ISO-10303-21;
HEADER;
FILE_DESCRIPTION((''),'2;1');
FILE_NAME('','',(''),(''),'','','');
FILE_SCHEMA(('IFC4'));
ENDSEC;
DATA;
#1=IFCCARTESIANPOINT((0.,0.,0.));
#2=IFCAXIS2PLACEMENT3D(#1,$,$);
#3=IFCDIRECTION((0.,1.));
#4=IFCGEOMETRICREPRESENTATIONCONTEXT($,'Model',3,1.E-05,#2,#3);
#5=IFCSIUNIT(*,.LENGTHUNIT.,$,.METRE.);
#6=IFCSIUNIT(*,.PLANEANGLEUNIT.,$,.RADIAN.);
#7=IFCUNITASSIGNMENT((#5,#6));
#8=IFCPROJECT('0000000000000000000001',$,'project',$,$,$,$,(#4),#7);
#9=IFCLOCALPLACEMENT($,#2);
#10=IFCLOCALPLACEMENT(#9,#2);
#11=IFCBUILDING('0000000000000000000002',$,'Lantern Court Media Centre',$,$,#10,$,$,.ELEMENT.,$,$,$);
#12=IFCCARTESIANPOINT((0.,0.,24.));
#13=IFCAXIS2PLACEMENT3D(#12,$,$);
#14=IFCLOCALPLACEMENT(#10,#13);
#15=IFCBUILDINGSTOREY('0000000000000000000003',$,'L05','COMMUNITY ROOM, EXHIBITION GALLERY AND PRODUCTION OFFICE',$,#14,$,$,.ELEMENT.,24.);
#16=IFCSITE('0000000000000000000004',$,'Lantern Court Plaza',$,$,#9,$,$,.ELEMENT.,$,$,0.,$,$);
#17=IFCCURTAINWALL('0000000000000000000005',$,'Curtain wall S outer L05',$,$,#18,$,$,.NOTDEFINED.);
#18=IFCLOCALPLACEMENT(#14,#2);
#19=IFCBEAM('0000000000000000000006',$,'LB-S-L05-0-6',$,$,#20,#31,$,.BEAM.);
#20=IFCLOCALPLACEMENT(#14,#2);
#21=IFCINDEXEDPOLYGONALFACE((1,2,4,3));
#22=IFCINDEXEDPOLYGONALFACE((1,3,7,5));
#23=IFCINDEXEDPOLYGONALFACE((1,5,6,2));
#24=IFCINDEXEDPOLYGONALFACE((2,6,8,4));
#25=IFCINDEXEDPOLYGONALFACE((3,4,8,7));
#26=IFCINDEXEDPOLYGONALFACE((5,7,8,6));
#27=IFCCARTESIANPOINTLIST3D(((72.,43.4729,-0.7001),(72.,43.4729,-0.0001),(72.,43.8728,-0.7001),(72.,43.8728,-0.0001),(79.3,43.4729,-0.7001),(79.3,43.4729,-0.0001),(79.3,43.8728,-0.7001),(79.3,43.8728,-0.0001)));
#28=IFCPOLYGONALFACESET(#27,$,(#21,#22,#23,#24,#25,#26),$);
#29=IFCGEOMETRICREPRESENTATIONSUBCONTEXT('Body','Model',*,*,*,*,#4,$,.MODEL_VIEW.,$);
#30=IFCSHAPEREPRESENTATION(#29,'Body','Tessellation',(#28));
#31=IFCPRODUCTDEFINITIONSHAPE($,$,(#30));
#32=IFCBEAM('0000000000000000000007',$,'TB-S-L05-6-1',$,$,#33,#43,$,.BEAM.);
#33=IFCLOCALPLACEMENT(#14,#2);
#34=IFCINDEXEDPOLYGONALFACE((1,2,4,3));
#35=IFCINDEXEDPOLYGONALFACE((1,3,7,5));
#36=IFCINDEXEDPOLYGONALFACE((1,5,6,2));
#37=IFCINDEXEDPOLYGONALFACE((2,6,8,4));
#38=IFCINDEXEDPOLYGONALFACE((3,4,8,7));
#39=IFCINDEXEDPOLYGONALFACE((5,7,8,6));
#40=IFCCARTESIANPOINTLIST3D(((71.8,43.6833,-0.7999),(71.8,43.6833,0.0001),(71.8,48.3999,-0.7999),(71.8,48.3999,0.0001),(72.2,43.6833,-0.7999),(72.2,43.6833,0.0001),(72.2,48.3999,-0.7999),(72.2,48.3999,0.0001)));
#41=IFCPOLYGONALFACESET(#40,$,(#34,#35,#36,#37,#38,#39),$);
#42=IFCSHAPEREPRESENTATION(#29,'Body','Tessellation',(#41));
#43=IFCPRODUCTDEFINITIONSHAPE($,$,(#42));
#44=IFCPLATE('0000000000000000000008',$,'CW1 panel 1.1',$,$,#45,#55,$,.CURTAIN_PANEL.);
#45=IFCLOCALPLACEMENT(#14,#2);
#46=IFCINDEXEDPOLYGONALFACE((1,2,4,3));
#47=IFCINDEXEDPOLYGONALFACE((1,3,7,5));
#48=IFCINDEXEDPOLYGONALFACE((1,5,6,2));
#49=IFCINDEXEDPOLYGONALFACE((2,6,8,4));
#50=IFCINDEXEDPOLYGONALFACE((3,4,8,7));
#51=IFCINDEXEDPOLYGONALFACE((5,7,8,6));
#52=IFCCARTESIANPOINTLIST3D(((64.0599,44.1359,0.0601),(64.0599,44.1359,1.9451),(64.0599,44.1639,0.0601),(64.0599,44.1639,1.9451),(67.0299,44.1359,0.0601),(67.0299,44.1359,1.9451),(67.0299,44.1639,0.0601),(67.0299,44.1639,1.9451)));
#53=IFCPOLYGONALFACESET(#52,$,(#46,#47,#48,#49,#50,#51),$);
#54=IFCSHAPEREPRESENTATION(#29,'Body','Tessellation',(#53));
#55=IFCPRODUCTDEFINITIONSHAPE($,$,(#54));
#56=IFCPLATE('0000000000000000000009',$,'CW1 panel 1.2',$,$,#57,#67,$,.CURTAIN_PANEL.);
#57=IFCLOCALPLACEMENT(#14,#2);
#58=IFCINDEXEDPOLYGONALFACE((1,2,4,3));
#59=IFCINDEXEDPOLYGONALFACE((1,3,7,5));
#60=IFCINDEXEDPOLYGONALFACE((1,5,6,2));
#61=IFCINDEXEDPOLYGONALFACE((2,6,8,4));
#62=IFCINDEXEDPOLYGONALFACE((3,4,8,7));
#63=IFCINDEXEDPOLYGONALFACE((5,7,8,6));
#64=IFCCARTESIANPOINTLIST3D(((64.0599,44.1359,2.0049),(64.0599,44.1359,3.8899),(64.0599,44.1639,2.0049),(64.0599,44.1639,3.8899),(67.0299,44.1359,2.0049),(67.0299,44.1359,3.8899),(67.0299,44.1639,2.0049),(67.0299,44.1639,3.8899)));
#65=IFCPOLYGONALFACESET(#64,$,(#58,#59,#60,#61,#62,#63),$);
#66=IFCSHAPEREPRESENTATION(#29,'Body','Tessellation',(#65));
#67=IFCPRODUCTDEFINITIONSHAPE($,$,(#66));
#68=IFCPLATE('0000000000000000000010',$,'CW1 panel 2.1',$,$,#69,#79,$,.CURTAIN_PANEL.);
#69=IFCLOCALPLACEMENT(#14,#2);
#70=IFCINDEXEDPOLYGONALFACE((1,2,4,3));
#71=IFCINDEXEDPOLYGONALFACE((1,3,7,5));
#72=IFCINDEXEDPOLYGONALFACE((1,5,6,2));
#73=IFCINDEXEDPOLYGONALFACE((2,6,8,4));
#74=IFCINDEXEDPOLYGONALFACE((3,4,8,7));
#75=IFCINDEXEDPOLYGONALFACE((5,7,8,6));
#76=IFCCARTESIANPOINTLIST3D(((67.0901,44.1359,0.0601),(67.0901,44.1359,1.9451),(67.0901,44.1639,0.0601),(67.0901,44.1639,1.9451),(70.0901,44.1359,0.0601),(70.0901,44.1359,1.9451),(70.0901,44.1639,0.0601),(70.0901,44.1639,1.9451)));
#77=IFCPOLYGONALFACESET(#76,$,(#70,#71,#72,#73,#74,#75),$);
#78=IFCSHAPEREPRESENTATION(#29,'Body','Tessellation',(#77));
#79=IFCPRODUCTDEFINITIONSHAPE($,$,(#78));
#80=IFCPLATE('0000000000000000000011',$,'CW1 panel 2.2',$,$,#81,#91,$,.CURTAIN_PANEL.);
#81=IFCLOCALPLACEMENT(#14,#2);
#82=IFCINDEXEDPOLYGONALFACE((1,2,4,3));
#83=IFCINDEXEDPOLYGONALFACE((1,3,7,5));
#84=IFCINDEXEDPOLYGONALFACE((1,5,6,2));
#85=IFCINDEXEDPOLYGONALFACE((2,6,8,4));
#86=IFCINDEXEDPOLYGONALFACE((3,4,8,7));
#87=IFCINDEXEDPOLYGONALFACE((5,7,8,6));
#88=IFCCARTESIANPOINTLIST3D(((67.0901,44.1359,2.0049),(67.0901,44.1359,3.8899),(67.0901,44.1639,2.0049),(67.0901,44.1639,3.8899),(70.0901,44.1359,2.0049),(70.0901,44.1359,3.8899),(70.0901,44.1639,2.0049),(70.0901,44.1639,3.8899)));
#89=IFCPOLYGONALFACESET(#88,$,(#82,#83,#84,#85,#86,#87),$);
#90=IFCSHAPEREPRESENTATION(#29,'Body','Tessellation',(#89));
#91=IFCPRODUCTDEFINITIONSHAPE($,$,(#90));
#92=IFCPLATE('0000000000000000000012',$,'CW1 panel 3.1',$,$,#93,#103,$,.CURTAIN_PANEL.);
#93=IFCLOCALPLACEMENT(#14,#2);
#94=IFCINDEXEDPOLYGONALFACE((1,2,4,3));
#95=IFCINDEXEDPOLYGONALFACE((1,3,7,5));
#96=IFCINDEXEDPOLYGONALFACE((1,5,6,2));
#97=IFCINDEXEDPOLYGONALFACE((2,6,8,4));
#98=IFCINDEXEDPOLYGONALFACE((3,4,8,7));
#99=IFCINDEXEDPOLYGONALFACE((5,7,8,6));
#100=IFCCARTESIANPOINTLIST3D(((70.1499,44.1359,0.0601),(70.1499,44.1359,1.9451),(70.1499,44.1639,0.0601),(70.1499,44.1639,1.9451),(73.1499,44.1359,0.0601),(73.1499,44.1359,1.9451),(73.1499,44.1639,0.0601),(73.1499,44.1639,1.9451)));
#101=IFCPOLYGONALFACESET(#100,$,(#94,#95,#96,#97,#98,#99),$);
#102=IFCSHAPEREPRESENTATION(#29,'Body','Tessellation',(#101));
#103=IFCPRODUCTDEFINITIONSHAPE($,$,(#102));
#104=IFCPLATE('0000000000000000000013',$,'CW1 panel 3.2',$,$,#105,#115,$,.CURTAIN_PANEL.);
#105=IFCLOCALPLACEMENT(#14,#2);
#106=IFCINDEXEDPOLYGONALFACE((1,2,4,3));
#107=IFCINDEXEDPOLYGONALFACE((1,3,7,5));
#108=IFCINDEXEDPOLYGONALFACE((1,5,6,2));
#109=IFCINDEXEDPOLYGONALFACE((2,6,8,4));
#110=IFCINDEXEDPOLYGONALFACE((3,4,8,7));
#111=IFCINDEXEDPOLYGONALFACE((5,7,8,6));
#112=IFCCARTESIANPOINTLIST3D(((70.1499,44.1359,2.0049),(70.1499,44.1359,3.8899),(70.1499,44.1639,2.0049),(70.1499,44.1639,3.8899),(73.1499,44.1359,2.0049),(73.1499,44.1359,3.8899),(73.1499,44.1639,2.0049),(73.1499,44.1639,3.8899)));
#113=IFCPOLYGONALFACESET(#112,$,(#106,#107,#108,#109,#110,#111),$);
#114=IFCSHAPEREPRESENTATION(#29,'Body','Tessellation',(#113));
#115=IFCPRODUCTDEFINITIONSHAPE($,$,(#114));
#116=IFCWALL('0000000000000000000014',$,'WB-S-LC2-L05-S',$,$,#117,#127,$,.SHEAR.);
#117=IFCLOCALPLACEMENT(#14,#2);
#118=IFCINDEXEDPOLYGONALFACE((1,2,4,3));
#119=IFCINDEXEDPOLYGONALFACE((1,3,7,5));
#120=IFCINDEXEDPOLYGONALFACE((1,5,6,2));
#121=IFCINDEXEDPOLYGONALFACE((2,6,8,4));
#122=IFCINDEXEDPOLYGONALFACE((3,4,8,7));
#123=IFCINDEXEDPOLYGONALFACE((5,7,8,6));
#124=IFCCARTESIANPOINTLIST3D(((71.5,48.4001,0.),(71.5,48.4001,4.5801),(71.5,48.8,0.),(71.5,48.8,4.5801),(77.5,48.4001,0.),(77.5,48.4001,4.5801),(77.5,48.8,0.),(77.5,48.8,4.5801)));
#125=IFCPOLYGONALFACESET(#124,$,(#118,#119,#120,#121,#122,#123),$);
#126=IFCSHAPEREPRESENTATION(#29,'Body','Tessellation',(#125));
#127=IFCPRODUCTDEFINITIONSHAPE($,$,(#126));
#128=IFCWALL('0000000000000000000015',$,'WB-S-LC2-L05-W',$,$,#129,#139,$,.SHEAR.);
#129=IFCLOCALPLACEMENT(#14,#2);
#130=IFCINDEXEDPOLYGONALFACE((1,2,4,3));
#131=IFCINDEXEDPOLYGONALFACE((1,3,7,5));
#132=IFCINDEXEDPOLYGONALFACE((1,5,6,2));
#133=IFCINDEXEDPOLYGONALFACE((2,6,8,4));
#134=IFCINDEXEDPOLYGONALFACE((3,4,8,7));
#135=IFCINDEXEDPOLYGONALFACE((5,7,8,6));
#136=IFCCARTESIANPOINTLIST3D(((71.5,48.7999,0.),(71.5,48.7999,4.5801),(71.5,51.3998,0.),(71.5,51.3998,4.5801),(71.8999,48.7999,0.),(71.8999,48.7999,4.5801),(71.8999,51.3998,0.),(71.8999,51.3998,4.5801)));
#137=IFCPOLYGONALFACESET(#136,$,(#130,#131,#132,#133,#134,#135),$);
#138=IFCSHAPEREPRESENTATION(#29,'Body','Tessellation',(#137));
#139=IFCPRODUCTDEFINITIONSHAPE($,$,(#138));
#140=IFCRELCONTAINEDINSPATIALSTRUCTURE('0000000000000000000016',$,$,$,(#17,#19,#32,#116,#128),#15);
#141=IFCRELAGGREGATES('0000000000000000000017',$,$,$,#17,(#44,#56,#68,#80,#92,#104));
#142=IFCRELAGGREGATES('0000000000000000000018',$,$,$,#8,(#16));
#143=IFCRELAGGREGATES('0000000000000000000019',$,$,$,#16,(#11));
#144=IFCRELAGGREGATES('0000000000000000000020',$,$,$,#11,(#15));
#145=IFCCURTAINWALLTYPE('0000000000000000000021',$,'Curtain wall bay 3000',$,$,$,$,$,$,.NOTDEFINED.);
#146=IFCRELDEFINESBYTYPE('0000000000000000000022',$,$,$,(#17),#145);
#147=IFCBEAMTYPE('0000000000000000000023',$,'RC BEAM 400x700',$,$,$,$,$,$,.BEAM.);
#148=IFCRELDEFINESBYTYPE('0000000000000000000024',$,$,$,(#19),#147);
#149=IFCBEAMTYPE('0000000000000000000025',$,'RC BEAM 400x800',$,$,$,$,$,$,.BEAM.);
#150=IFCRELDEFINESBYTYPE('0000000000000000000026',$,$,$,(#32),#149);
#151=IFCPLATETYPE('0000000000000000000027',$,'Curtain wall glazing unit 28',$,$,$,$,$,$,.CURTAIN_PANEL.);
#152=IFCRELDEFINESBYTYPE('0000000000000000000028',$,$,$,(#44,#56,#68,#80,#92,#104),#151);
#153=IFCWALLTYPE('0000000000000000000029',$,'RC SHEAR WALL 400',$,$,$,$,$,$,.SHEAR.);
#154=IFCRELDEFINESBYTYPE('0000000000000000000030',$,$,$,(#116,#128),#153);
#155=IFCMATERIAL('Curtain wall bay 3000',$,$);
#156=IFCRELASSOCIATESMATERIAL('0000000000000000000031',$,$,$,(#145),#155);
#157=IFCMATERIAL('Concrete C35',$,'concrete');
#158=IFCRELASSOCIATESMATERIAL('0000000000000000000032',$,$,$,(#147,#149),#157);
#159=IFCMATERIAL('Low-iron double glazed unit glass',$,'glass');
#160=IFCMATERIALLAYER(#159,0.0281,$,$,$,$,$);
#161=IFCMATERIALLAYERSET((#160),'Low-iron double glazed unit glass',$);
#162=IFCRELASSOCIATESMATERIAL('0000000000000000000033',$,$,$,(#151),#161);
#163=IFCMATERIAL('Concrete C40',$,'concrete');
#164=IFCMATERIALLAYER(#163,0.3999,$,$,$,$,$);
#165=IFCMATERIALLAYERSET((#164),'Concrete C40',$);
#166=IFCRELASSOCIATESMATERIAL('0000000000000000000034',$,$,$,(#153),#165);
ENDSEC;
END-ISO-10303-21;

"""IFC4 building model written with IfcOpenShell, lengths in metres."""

from ifc_helpers import new_model, si_unit, direction, frame, frame_2d, origin, origin_2d, place, context, subcontext, project, spatial, rectangle, extrude, material, layer, layer_set, material_profile, profile_set, type_object, element, aggregate, save


model = new_model("IFC4")

# Units and contexts
model_context = context("Model", 3, precision=1e-05, world=origin(), true_north=direction((0.0, 1.0)))
body_context = subcontext(model_context, "Body", "Model", "MODEL_VIEW")
ifc_project = project(units=[si_unit("LENGTHUNIT", "METRE"), si_unit("PLANEANGLEUNIT", "RADIAN")], contexts=[model_context])

# Site, building, storey
site_placement = place(None, origin())
site = spatial("IfcSite", under=ifc_project, at=site_placement, Name="Lantern Court Plaza", CompositionType="ELEMENT", RefElevation=0.0)
building_placement = place(site_placement, origin())
building = spatial("IfcBuilding", under=site, at=building_placement, Name="Lantern Court Media Centre", CompositionType="ELEMENT")
storey_placement = place(building_placement, frame((0.0, 0.0, 24.0)))
storey = spatial("IfcBuildingStorey", under=building, at=storey_placement, Name="L05", Description="COMMUNITY ROOM, EXHIBITION GALLERY AND PRODUCTION OFFICE", CompositionType="ELEMENT", Elevation=24.0)

# Shared definitions
ifc_material_1 = material(Name="Concrete C35", Category="concrete")

# Curtain wall
ifc_material_2 = material(Name="Curtain wall bay 3000")
curtain_wall_type = type_object("IfcCurtainWallType", Name="Curtain wall bay 3000", PredefinedType="NOTDEFINED", material=ifc_material_2)
curtain_wall_placement = place(storey_placement, origin())
curtain_wall = element("IfcCurtainWall", 1, at=curtain_wall_placement, inside=storey, type_object=curtain_wall_type, Name="Curtain wall S outer L05", PredefinedType="NOTDEFINED")

# Beams
ifc_material_profile_1 = material_profile(ifc_material_1, rectangle(XDim=0.3999, YDim=0.7, at=origin_2d()), Name="RC 400x700")
ifc_profile_set_1 = profile_set([ifc_material_profile_1], Name="Concrete C35")
beam_type_1 = type_object("IfcBeamType", Name="RC BEAM 400x700", PredefinedType="BEAM", material=ifc_profile_set_1)
beam_1_placement = place(storey_placement, frame((72.0, 43.6729, -0.3501), z_axis=(1.0, 0.0, 0.0), x_axis=(0.0, 1.0, 0.0)))
element("IfcBeam", 2, at=beam_1_placement, inside=storey, type_object=beam_type_1, Name="LB-S-L05-0-6", PredefinedType="BEAM", context=body_context, shape_type="SweptSolid", body=[
    extrude(rectangle(XDim=0.3999, YDim=0.7, at=origin_2d()), origin(), (0.0, 0.0, 1.0), 7.3),
])
ifc_material_profile_2 = material_profile(ifc_material_1, rectangle(XDim=0.3999, YDim=0.8, at=origin_2d()), Name="RC 400x800")
ifc_profile_set_2 = profile_set([ifc_material_profile_2], Name="Concrete C35")
beam_type_2 = type_object("IfcBeamType", Name="RC BEAM 400x800", PredefinedType="BEAM", material=ifc_profile_set_2)
beam_2_placement = place(storey_placement, frame((72.0, 43.6833, -0.3999), z_axis=(0.0, 1.0, 0.0), x_axis=(-1.0, 0.0, 0.0)))
element("IfcBeam", 3, at=beam_2_placement, inside=storey, type_object=beam_type_2, Name="TB-S-L05-6-1", PredefinedType="BEAM", context=body_context, shape_type="SweptSolid", body=[
    extrude(rectangle(XDim=0.3999, YDim=0.8, at=origin_2d()), origin(), (0.0, 0.0, 1.0), 4.7166),
])

# Plates
ifc_material_3 = material(Name="Low-iron double glazed unit glass", Category="glass")
ifc_layer_1 = layer(ifc_material_3, 0.0281)
ifc_layer_set_1 = layer_set([ifc_layer_1], Name="Low-iron double glazed unit glass")
plate_type = type_object("IfcPlateType", Name="Curtain wall glazing unit 28", PredefinedType="CURTAIN_PANEL", material=ifc_layer_set_1)
plate_1_placement = place(storey_placement, frame((65.5449, 44.1499, 0.0601), z_axis=(0.0, 0.0, 1.0), x_axis=(1.0, 0.0, 0.0)))
plate_1 = element("IfcPlate", 4, at=plate_1_placement, type_object=plate_type, Name="CW1 panel 1.1", PredefinedType="CURTAIN_PANEL", context=body_context, shape_type="SweptSolid", body=[
    extrude(rectangle(XDim=2.97, YDim=0.0281, at=origin_2d()), origin(), (0.0, 0.0, 1.0), 1.885),
])
plate_2_placement = place(storey_placement, frame((65.5449, 44.1499, 2.0049), z_axis=(0.0, 0.0, 1.0), x_axis=(1.0, 0.0, 0.0)))
plate_2 = element("IfcPlate", 5, at=plate_2_placement, type_object=plate_type, Name="CW1 panel 1.2", PredefinedType="CURTAIN_PANEL", context=body_context, shape_type="SweptSolid", body=[
    extrude(rectangle(XDim=2.97, YDim=0.0281, at=origin_2d()), origin(), (0.0, 0.0, 1.0), 1.885),
])
plate_3_placement = place(storey_placement, frame((68.5901, 44.1499, 0.0601), z_axis=(0.0, 0.0, 1.0), x_axis=(1.0, 0.0, 0.0)))
plate_3 = element("IfcPlate", 6, at=plate_3_placement, type_object=plate_type, Name="CW1 panel 2.1", PredefinedType="CURTAIN_PANEL", context=body_context, shape_type="SweptSolid", body=[
    extrude(rectangle(XDim=3.0, YDim=0.0281, at=origin_2d()), origin(), (0.0, 0.0, 1.0), 1.885),
])
plate_4_placement = place(storey_placement, frame((68.5901, 44.1499, 2.0049), z_axis=(0.0, 0.0, 1.0), x_axis=(1.0, 0.0, 0.0)))
plate_4 = element("IfcPlate", 7, at=plate_4_placement, type_object=plate_type, Name="CW1 panel 2.2", PredefinedType="CURTAIN_PANEL", context=body_context, shape_type="SweptSolid", body=[
    extrude(rectangle(XDim=3.0, YDim=0.0281, at=origin_2d()), origin(), (0.0, 0.0, 1.0), 1.885),
])
plate_5_placement = place(storey_placement, frame((71.6499, 44.1499, 0.0601), z_axis=(0.0, 0.0, 1.0), x_axis=(1.0, 0.0, 0.0)))
plate_5 = element("IfcPlate", 8, at=plate_5_placement, type_object=plate_type, Name="CW1 panel 3.1", PredefinedType="CURTAIN_PANEL", context=body_context, shape_type="SweptSolid", body=[
    extrude(rectangle(XDim=3.0, YDim=0.0281, at=origin_2d()), origin(), (0.0, 0.0, 1.0), 1.885),
])
plate_6_placement = place(storey_placement, frame((71.6499, 44.1499, 2.0049), z_axis=(0.0, 0.0, 1.0), x_axis=(1.0, 0.0, 0.0)))
plate_6 = element("IfcPlate", 9, at=plate_6_placement, type_object=plate_type, Name="CW1 panel 3.2", PredefinedType="CURTAIN_PANEL", context=body_context, shape_type="SweptSolid", body=[
    extrude(rectangle(XDim=3.0, YDim=0.0281, at=origin_2d()), origin(), (0.0, 0.0, 1.0), 1.885),
])
aggregate(curtain_wall, [plate_1, plate_2, plate_3, plate_4, plate_5, plate_6])

# Walls
ifc_material_4 = material(Name="Concrete C40", Category="concrete")
ifc_layer_2 = layer(ifc_material_4, 0.3999)
ifc_layer_set_2 = layer_set([ifc_layer_2], Name="Concrete C40")
wall_type = type_object("IfcWallType", Name="RC SHEAR WALL 400", PredefinedType="SHEAR", material=ifc_layer_set_2)
wall_1_placement = place(storey_placement, frame((71.5, 48.6001, 0.0), z_axis=(0.0, 0.0, 1.0), x_axis=(1.0, 0.0, 0.0)))
element("IfcWall", 10, at=wall_1_placement, inside=storey, type_object=wall_type, Name="WB-S-LC2-L05-S", PredefinedType="SHEAR", context=body_context, shape_type="SweptSolid", body=[
    extrude(rectangle(XDim=6.0, YDim=0.3999, at=frame_2d((3.0, 0.0))), origin(), (0.0, 0.0, 1.0), 4.5801),
])
wall_2_placement = place(storey_placement, frame((71.7, 48.8, 0.0), z_axis=(0.0, 0.0, 1.0), x_axis=(0.0, 1.0, 0.0)))
element("IfcWall", 11, at=wall_2_placement, inside=storey, type_object=wall_type, Name="WB-S-LC2-L05-W", PredefinedType="SHEAR", context=body_context, shape_type="SweptSolid", body=[
    extrude(rectangle(XDim=2.5999, YDim=0.3999, at=frame_2d((1.2998, 0.0))), origin(), (0.0, 0.0, 1.0), 4.5801),
])

save(model, "model.ifc")
